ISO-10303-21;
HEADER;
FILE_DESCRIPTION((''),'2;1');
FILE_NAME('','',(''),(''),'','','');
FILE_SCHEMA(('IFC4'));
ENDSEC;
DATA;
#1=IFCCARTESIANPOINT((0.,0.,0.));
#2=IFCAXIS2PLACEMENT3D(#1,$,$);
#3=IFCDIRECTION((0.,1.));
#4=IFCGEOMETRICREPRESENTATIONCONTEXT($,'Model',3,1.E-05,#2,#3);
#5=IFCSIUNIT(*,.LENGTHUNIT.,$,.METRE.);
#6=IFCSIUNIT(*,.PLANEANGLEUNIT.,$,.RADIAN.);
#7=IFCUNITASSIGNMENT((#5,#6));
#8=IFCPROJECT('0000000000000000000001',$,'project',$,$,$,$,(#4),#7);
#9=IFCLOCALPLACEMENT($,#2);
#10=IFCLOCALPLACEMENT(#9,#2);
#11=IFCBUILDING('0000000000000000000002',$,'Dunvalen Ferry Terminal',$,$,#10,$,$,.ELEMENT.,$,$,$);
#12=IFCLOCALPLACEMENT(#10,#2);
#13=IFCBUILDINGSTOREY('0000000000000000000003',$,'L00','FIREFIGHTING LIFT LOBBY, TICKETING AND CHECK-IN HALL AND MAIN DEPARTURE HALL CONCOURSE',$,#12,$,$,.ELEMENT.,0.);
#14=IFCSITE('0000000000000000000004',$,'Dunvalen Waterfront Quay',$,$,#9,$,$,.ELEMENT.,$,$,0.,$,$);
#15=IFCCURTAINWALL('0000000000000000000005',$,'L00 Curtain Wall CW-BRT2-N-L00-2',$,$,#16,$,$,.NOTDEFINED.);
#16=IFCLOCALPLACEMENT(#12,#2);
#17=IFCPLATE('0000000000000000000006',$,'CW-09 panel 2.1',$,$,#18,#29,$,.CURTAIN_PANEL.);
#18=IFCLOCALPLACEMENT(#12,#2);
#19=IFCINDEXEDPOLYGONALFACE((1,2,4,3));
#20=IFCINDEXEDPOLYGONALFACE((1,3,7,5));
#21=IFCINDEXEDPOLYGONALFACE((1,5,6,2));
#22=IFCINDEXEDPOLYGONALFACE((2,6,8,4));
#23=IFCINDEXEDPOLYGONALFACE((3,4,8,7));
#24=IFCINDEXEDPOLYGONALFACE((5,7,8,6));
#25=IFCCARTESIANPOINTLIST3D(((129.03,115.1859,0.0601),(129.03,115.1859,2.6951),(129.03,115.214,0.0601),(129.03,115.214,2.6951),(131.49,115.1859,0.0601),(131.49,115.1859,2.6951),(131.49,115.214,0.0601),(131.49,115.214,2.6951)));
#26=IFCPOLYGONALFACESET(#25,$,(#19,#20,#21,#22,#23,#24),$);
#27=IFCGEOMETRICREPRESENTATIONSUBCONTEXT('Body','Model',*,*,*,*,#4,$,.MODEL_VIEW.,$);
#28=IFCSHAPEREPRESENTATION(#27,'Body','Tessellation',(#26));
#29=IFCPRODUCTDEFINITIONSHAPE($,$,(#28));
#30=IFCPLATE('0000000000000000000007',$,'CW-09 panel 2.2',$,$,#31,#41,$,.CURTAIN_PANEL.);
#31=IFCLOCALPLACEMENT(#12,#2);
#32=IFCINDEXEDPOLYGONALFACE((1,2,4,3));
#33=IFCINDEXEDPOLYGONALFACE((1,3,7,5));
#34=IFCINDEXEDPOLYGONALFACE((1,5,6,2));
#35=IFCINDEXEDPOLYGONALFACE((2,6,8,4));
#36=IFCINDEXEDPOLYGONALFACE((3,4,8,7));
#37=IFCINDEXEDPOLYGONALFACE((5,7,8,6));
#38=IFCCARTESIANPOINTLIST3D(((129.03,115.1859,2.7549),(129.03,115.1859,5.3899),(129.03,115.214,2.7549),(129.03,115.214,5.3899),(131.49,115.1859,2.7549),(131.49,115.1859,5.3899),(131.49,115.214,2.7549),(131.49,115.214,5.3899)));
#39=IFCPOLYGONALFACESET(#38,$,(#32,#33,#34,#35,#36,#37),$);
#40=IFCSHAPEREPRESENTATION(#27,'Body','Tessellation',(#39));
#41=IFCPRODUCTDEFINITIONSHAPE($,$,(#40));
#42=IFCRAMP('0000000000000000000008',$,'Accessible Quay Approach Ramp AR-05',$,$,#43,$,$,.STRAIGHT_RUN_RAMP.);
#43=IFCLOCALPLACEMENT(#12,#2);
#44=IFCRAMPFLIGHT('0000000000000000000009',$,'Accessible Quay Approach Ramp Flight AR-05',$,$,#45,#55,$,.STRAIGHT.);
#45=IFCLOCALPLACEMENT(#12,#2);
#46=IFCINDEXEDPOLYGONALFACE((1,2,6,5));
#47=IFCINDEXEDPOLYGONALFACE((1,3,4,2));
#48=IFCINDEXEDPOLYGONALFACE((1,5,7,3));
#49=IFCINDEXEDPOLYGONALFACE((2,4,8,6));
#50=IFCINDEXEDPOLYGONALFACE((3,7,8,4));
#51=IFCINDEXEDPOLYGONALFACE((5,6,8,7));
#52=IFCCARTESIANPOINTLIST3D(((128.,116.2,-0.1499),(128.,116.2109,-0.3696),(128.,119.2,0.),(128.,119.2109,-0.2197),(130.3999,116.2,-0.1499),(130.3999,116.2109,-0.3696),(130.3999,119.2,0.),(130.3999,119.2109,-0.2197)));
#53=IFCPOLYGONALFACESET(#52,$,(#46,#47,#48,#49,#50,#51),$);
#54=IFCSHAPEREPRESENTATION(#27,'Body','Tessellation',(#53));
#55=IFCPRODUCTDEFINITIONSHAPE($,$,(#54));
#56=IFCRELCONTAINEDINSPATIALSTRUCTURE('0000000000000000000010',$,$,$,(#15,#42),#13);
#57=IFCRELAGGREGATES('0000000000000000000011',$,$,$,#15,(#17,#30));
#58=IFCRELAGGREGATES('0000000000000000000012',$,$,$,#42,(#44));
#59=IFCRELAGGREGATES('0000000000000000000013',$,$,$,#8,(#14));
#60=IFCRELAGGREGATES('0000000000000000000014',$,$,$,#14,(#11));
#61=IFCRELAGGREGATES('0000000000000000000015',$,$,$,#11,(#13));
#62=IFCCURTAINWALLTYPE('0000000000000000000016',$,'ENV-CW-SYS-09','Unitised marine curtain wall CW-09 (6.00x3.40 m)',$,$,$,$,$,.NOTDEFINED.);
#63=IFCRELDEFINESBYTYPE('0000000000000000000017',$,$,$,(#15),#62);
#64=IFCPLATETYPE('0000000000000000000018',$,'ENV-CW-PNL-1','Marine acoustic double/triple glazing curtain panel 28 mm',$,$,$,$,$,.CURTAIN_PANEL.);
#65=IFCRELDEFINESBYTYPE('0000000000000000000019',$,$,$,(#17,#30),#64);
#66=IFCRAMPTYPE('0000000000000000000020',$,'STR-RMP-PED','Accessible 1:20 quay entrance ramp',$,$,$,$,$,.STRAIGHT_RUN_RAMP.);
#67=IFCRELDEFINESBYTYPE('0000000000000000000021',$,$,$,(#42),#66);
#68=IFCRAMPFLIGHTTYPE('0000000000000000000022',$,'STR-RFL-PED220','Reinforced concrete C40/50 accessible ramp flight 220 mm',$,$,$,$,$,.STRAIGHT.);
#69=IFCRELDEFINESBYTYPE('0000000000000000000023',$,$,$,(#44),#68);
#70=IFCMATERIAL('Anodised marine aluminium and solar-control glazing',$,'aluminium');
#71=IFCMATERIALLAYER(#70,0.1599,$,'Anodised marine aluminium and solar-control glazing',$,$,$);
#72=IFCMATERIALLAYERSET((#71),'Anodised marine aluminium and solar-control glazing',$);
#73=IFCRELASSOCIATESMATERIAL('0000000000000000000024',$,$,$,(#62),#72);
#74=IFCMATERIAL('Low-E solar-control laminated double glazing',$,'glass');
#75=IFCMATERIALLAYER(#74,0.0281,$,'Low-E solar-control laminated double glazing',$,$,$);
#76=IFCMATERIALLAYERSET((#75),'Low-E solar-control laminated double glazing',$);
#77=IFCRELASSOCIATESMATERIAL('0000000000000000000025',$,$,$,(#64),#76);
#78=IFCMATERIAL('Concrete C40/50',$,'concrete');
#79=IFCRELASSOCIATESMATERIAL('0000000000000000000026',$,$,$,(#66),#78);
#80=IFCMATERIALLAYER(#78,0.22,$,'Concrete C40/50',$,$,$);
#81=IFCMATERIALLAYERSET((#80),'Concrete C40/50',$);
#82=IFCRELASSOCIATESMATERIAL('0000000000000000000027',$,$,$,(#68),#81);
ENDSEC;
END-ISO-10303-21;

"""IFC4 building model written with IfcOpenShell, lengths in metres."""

from ifc_helpers import new_model, si_unit, direction, frame, origin, origin_2d, place, context, subcontext, project, spatial, polyline, rectangle, outline, extrude, material, layer, layer_set, type_object, element, aggregate, save


model = new_model("IFC4")

# Units and contexts
model_context = context("Model", 3, precision=1e-05, world=origin(), true_north=direction((0.0, 1.0)))
body_context = subcontext(model_context, "Body", "Model", "MODEL_VIEW")
ifc_project = project(units=[si_unit("LENGTHUNIT", "METRE"), si_unit("PLANEANGLEUNIT", "RADIAN")], contexts=[model_context])

# Site, building, storey
site_placement = place(None, origin())
site = spatial("IfcSite", under=ifc_project, at=site_placement, Name="Dunvalen Waterfront Quay", CompositionType="ELEMENT", RefElevation=0.0)
building_placement = place(site_placement, origin())
building = spatial("IfcBuilding", under=site, at=building_placement, Name="Dunvalen Ferry Terminal", CompositionType="ELEMENT")
storey_placement = place(building_placement, origin())
storey = spatial("IfcBuildingStorey", under=building, at=storey_placement, Name="L00", Description="FIREFIGHTING LIFT LOBBY, TICKETING AND CHECK-IN HALL AND MAIN DEPARTURE HALL CONCOURSE", CompositionType="ELEMENT", Elevation=0.0)

# Shared definitions
ifc_material_1 = material(Name="Concrete C40/50", Category="concrete")

# Shared definitions
ifc_material_2 = material(Name="Anodised marine aluminium and solar-control glazing", Category="aluminium")
ifc_layer_1 = layer(ifc_material_2, 0.1599, Name="Anodised marine aluminium and solar-control glazing")
ifc_layer_set_1 = layer_set([ifc_layer_1], Name="Anodised marine aluminium and solar-control glazing")
curtain_wall_type = type_object("IfcCurtainWallType", Name="ENV-CW-SYS-09", Description="Unitised marine curtain wall CW-09 (6.00x3.40 m)", PredefinedType="NOTDEFINED", material=ifc_layer_set_1)

# Curtain wall
curtain_wall_1_placement = place(storey_placement, origin())
curtain_wall_1 = element("IfcCurtainWall", 1, at=curtain_wall_1_placement, inside=storey, type_object=curtain_wall_type, Name="L00 Curtain Wall CW-BRT2-N-L00-2", PredefinedType="NOTDEFINED")

# Plates
ifc_material_3 = material(Name="Low-E solar-control laminated double glazing", Category="glass")
ifc_layer_2 = layer(ifc_material_3, 0.0281, Name="Low-E solar-control laminated double glazing")
ifc_layer_set_2 = layer_set([ifc_layer_2], Name="Low-E solar-control laminated double glazing")
plate_type = type_object("IfcPlateType", Name="ENV-CW-PNL-1", Description="Marine acoustic double/triple glazing curtain panel 28 mm", PredefinedType="CURTAIN_PANEL", material=ifc_layer_set_2)
plate_1_placement = place(storey_placement, frame((130.26, 115.2, 0.0601), z_axis=(0.0, 0.0, 1.0), x_axis=(1.0, 0.0, 0.0)))
plate_1 = element("IfcPlate", 2, at=plate_1_placement, type_object=plate_type, Name="CW-09 panel 2.1", PredefinedType="CURTAIN_PANEL", context=body_context, shape_type="SweptSolid", body=[
    extrude(rectangle(XDim=2.46, YDim=0.0281, at=origin_2d()), origin(), (0.0, 0.0, 1.0), 2.635),
])
plate_2_placement = place(storey_placement, frame((130.26, 115.2, 2.7549), z_axis=(0.0, 0.0, 1.0), x_axis=(1.0, 0.0, 0.0)))
plate_2 = element("IfcPlate", 3, at=plate_2_placement, type_object=plate_type, Name="CW-09 panel 2.2", PredefinedType="CURTAIN_PANEL", context=body_context, shape_type="SweptSolid", body=[
    extrude(rectangle(XDim=2.46, YDim=0.0281, at=origin_2d()), origin(), (0.0, 0.0, 1.0), 2.635),
])
aggregate(curtain_wall_1, [plate_1, plate_2])

# Ramp, ramp flight
ramp_type = type_object("IfcRampType", Name="STR-RMP-PED", Description="Accessible 1:20 quay entrance ramp", PredefinedType="STRAIGHT_RUN_RAMP", material=ifc_material_1)
ramp_placement = place(storey_placement, origin())
ramp = element("IfcRamp", 4, at=ramp_placement, inside=storey, type_object=ramp_type, Name="Accessible Quay Approach Ramp AR-05", PredefinedType="STRAIGHT_RUN_RAMP")
ifc_layer_3 = layer(ifc_material_1, 0.22, Name="Concrete C40/50")
ifc_layer_set_3 = layer_set([ifc_layer_3], Name="Concrete C40/50")
ramp_flight_type = type_object("IfcRampFlightType", Name="STR-RFL-PED220", Description="Reinforced concrete C40/50 accessible ramp flight 220 mm", PredefinedType="STRAIGHT", material=ifc_layer_set_3)
ramp_flight_placement = place(storey_placement, frame((128.0, 116.2, -0.1499), z_axis=(0.0, -0.049905, 0.998754), x_axis=(1.0, 0.0, 0.0)))
ramp_flight = element("IfcRampFlight", 5, at=ramp_flight_placement, type_object=ramp_flight_type, Name="Accessible Quay Approach Ramp Flight AR-05", PredefinedType="STRAIGHT", context=body_context, shape_type="SweptSolid", body=[
    extrude(outline(polyline([(0.0, 0.0), (2.3999, 0.0), (2.3999, 3.0037), (0.0, 3.0037), (0.0, 0.0)])), origin(), (0.0, 0.0, -1.0), 0.22),
])
aggregate(ramp, [ramp_flight])

save(model, "model.ifc")
